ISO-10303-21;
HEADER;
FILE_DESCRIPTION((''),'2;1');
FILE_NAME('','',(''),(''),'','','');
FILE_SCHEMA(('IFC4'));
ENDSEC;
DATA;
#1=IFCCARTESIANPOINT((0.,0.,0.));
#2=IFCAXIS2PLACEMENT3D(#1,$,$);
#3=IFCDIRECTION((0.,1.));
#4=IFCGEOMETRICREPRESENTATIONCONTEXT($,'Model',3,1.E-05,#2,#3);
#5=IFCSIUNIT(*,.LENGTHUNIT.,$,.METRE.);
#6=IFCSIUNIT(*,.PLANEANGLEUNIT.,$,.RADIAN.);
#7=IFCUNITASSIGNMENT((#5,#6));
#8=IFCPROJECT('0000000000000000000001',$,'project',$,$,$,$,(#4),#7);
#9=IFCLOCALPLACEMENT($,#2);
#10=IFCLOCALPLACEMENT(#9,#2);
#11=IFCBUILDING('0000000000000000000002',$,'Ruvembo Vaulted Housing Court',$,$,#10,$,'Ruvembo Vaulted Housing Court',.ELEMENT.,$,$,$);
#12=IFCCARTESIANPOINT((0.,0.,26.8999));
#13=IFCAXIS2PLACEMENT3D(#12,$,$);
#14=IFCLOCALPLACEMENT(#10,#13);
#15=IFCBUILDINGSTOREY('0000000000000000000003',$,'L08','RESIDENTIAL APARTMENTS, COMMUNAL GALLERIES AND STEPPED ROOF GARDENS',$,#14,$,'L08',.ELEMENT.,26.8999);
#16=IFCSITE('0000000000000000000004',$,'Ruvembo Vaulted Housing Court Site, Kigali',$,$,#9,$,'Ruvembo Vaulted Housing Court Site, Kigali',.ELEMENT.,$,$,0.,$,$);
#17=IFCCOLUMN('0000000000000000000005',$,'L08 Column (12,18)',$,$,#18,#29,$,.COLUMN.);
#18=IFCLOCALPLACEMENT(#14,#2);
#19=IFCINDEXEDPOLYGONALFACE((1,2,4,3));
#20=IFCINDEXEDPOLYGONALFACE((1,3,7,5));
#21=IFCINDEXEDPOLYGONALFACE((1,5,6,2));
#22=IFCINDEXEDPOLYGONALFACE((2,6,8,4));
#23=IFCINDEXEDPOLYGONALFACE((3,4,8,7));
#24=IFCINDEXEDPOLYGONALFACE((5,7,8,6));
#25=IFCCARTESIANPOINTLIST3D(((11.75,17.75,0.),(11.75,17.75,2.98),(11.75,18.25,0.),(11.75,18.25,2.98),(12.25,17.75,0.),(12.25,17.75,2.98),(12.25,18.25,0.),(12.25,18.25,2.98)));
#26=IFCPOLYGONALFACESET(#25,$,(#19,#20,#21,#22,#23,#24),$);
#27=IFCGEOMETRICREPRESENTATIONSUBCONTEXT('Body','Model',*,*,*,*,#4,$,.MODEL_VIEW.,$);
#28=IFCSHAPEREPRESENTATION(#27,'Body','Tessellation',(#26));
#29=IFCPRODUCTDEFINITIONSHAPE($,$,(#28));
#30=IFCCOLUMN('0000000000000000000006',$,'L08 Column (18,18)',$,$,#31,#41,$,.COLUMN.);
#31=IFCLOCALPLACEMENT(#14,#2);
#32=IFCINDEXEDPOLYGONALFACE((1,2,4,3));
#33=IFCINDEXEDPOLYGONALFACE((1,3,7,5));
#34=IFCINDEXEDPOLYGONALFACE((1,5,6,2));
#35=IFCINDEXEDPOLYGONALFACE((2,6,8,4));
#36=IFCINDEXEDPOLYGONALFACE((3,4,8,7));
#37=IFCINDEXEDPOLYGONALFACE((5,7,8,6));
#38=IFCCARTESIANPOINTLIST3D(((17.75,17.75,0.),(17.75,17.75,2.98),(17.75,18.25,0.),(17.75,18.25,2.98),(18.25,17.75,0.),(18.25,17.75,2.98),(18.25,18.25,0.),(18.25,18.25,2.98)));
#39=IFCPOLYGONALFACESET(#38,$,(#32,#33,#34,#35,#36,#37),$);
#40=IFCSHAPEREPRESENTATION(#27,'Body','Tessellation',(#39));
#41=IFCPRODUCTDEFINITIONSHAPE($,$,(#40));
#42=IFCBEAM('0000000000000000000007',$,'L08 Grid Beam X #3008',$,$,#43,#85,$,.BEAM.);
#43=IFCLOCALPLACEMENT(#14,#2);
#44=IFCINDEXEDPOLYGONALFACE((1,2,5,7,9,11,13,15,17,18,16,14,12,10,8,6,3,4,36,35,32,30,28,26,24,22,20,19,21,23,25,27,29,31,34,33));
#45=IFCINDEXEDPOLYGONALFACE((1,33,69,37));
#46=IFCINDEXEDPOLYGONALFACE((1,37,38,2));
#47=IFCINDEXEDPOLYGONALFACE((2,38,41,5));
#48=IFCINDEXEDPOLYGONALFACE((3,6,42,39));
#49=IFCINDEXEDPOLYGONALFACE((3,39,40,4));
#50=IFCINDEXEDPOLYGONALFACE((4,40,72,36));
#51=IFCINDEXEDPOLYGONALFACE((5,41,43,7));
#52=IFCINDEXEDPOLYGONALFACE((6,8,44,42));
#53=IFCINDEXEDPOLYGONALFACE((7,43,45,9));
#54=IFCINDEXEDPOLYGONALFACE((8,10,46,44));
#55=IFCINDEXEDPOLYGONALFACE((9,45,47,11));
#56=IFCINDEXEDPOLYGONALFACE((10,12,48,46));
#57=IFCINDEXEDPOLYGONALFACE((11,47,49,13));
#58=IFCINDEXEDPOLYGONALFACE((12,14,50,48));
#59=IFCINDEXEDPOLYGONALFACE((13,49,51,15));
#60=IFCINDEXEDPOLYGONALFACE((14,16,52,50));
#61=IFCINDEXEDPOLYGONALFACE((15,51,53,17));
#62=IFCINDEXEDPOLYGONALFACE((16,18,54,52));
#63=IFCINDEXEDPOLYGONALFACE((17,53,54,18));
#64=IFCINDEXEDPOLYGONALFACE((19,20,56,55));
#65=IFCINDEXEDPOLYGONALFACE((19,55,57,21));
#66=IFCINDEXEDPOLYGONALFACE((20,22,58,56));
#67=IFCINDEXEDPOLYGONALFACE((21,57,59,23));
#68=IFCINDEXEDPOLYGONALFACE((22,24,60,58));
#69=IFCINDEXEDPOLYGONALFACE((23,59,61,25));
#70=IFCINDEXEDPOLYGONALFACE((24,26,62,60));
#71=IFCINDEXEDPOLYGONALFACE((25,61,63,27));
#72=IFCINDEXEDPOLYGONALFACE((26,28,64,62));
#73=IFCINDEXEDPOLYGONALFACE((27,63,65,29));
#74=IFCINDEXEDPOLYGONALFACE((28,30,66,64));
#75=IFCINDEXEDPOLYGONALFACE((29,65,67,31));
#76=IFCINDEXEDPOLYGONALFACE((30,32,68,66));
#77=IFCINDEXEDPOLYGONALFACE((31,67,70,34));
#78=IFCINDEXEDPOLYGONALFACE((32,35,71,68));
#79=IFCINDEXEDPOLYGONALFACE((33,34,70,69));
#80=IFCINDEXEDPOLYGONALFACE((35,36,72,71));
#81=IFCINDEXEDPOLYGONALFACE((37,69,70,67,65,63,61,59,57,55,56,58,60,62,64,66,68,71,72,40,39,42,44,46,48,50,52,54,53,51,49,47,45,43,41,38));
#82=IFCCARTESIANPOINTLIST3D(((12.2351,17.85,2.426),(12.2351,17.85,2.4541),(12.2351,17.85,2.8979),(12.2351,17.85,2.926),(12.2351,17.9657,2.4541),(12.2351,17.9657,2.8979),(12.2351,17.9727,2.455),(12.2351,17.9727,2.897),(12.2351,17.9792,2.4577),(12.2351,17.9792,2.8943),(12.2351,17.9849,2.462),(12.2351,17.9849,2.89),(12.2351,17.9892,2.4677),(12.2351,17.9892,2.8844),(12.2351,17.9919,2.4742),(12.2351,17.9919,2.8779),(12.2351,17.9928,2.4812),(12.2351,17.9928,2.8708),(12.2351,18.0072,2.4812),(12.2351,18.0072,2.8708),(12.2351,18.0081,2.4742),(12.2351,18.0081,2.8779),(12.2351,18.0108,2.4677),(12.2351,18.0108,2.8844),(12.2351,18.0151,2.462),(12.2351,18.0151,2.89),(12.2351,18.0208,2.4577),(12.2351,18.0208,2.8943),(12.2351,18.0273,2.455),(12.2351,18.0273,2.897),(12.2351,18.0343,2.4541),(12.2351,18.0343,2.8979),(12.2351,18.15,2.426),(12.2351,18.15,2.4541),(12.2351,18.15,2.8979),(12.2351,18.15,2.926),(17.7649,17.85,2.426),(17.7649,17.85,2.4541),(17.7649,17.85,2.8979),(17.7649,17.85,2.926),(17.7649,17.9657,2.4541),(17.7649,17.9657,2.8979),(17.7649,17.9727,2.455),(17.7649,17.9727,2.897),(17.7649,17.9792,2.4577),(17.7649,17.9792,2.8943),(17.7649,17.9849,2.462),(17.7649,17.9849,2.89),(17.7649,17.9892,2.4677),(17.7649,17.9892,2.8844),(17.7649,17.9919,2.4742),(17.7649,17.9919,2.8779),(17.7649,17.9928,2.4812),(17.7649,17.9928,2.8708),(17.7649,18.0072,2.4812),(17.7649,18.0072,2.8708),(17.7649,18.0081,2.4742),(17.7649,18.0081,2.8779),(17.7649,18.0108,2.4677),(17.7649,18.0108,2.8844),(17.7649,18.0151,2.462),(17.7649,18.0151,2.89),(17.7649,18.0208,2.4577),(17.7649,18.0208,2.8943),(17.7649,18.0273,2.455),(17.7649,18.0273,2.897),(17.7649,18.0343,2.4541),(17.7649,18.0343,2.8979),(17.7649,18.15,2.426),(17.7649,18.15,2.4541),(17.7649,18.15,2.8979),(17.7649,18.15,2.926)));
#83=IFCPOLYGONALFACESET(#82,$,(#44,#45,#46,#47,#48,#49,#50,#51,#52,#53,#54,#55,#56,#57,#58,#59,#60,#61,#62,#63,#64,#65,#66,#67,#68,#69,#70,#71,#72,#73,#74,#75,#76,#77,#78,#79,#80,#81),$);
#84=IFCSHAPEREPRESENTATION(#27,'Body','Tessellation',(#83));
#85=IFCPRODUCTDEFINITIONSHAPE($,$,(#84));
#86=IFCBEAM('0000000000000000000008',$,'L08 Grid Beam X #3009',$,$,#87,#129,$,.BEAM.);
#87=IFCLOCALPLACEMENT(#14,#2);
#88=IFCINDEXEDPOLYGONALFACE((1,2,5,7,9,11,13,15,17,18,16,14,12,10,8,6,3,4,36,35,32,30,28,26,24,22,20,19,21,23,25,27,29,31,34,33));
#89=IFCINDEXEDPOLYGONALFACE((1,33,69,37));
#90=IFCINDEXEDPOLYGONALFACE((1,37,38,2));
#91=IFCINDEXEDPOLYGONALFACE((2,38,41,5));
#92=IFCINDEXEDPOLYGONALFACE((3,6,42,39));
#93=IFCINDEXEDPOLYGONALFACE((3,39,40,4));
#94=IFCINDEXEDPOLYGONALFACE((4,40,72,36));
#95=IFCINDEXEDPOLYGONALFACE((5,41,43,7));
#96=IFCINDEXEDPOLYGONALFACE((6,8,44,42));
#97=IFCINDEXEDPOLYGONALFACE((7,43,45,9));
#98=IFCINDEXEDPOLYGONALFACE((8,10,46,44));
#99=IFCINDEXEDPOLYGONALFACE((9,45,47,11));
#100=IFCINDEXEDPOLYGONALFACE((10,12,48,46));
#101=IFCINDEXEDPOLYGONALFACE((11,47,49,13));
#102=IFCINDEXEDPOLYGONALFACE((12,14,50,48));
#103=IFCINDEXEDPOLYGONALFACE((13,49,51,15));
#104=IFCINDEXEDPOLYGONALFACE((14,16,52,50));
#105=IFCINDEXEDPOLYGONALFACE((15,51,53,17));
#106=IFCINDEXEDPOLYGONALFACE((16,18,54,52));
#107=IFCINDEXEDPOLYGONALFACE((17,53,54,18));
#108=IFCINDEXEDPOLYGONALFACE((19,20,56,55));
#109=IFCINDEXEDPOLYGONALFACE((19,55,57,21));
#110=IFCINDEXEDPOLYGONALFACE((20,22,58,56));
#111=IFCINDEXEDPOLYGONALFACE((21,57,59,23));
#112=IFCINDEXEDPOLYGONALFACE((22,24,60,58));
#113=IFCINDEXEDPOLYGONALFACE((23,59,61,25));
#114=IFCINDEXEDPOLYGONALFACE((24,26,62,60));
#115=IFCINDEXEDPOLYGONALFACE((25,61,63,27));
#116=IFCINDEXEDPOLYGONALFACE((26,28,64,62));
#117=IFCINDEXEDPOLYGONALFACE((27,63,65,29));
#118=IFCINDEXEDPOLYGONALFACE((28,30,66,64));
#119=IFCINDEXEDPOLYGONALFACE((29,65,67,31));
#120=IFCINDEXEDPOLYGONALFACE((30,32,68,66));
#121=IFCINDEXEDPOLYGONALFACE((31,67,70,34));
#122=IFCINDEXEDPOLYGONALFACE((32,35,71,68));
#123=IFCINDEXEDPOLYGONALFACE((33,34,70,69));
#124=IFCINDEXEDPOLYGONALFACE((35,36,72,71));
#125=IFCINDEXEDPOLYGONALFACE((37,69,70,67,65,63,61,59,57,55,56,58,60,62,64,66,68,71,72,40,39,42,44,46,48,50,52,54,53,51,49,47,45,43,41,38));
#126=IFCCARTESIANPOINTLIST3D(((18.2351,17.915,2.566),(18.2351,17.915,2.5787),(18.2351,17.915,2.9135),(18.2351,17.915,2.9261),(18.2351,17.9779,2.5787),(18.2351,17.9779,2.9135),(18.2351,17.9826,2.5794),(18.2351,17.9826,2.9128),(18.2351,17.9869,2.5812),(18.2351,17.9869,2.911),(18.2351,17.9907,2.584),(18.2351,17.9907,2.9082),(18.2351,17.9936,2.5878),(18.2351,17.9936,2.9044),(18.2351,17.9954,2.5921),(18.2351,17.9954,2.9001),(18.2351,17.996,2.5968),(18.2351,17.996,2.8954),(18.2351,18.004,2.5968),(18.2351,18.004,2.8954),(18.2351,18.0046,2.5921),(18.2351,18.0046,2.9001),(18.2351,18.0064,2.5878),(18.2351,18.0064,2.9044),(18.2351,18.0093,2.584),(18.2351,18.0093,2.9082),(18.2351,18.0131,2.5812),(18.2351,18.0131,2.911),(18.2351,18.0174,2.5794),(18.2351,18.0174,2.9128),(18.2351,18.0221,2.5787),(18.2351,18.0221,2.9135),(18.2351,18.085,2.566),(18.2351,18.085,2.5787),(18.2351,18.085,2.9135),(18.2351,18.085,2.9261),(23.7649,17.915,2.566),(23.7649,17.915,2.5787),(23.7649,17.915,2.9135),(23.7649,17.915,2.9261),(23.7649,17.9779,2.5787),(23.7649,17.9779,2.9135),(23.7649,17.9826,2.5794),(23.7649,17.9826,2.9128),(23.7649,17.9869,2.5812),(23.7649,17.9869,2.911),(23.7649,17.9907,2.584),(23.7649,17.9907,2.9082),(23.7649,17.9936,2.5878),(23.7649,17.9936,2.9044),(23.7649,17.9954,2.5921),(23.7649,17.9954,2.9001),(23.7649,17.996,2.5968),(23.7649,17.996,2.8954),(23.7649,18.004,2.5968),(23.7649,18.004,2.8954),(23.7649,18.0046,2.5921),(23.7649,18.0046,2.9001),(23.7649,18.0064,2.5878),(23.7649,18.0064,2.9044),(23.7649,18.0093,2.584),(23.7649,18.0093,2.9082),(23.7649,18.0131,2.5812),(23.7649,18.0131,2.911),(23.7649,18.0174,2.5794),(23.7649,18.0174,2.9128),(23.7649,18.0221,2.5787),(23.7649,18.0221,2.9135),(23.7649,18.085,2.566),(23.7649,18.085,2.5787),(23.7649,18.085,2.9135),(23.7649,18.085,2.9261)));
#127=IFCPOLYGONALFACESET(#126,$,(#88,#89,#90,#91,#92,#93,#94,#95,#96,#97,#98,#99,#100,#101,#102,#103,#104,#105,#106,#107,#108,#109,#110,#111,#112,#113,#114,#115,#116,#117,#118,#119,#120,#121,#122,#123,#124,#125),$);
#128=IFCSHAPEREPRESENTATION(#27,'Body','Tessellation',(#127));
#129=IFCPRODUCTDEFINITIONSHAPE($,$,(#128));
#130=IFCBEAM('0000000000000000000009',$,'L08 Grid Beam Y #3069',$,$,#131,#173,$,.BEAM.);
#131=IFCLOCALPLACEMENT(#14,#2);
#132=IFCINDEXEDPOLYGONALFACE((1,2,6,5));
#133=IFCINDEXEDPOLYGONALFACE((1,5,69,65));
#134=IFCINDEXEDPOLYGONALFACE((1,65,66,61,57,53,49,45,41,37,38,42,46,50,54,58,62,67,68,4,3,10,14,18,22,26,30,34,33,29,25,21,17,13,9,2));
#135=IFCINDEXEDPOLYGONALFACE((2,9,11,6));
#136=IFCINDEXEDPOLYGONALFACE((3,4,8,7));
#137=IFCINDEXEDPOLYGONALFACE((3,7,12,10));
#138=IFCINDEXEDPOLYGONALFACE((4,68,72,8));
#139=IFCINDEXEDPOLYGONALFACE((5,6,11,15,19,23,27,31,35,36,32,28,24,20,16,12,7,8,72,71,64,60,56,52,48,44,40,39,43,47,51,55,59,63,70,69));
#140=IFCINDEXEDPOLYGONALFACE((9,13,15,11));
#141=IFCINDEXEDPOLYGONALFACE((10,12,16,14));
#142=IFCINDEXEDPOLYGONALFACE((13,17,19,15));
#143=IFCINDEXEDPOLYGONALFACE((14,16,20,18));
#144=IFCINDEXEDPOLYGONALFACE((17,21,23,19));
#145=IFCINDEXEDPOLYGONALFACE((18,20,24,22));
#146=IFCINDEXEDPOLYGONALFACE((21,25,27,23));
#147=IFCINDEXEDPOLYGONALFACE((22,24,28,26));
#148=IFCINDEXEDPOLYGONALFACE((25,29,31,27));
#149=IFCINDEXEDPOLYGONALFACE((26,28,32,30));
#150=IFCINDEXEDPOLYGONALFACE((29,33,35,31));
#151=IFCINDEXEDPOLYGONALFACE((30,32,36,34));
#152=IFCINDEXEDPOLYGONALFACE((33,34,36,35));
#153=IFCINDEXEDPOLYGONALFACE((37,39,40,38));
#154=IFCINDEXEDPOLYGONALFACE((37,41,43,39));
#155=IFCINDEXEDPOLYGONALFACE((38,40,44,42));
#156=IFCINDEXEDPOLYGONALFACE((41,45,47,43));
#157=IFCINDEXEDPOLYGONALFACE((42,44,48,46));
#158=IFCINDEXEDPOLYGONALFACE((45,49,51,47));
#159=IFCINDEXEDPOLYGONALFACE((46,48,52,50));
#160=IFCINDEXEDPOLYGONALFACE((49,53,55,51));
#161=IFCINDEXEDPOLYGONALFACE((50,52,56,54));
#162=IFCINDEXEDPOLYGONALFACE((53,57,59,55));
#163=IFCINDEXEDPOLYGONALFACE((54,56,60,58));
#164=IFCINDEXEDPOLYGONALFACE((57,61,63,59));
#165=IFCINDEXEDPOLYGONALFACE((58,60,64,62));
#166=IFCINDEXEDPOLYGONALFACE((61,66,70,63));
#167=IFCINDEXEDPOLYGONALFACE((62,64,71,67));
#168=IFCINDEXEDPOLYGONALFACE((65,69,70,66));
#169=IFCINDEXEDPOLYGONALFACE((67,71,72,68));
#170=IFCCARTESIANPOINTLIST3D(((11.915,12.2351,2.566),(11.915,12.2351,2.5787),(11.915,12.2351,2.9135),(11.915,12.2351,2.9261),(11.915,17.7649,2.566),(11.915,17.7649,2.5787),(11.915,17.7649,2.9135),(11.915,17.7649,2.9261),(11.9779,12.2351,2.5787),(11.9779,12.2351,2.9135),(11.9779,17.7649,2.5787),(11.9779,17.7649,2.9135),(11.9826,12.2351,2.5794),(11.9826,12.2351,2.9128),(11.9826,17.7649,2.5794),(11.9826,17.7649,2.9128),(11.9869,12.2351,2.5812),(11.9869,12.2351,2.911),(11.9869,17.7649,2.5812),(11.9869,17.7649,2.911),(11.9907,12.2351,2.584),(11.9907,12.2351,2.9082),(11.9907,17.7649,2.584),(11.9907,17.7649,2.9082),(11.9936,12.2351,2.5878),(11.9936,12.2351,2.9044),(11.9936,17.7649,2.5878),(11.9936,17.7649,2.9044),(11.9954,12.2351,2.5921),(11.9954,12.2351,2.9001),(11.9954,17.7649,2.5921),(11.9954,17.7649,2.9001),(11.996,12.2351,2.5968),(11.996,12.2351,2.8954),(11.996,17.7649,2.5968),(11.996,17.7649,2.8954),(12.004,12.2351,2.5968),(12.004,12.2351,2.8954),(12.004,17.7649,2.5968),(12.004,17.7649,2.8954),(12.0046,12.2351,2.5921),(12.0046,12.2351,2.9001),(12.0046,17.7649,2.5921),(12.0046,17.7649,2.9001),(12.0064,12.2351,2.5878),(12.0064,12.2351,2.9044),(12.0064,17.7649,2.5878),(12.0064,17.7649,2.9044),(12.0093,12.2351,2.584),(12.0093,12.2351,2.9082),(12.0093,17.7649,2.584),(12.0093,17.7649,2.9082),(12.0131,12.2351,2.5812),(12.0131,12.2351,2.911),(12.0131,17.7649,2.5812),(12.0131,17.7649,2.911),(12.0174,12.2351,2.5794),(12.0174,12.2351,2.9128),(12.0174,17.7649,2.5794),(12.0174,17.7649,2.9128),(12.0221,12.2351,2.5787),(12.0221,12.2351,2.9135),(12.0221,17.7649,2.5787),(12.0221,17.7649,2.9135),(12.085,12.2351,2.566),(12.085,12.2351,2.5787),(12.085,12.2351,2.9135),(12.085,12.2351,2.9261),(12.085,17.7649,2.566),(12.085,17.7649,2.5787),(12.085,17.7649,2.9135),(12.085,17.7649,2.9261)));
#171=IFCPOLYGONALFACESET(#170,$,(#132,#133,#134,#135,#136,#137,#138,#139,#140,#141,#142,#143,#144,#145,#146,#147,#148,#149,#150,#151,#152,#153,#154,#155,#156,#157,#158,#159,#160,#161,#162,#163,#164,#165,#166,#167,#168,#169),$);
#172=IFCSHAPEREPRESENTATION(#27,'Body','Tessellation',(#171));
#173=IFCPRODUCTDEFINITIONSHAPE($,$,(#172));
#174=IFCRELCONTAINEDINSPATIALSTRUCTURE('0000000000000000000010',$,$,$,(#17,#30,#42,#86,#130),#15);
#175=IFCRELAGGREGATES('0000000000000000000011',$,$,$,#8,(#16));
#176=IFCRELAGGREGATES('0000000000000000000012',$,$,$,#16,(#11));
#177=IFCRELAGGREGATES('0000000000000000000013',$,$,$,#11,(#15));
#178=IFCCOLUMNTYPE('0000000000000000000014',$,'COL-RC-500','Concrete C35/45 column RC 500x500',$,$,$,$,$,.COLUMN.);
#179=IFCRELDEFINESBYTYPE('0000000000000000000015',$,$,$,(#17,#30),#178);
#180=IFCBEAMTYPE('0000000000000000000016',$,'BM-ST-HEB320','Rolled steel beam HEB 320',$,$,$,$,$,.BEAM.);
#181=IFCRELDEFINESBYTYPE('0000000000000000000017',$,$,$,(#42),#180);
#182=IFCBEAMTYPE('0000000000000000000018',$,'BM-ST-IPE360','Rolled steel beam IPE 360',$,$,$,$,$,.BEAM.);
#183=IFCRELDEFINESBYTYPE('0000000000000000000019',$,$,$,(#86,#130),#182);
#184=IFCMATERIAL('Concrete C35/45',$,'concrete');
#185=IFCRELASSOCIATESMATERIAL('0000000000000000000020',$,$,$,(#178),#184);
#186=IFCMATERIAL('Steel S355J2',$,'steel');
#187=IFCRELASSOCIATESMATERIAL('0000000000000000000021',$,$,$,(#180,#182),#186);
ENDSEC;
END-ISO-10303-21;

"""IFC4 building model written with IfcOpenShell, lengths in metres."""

from ifc_helpers import new_model, si_unit, direction, frame, origin, origin_2d, place, context, subcontext, project, spatial, rectangle, i_section, extrude, material, material_profile, profile_set, type_object, element, save


model = new_model("IFC4")

# Units and contexts
model_context = context("Model", 3, precision=1e-05, world=origin(), true_north=direction((0.0, 1.0)))
body_context = subcontext(model_context, "Body", "Model", "MODEL_VIEW")
ifc_project = project(units=[si_unit("LENGTHUNIT", "METRE"), si_unit("PLANEANGLEUNIT", "RADIAN")], contexts=[model_context])

# Site, building, storey
site_placement = place(None, origin())
site = spatial("IfcSite", under=ifc_project, at=site_placement, Name="Ruvembo Vaulted Housing Court Site, Kigali", LongName="Ruvembo Vaulted Housing Court Site, Kigali", CompositionType="ELEMENT", RefElevation=0.0)
building_placement = place(site_placement, origin())
building = spatial("IfcBuilding", under=site, at=building_placement, Name="Ruvembo Vaulted Housing Court", LongName="Ruvembo Vaulted Housing Court", CompositionType="ELEMENT")
storey_placement = place(building_placement, frame((0.0, 0.0, 26.8999)))
storey = spatial("IfcBuildingStorey", under=building, at=storey_placement, Name="L08", Description="RESIDENTIAL APARTMENTS, COMMUNAL GALLERIES AND STEPPED ROOF GARDENS", LongName="L08", CompositionType="ELEMENT", Elevation=26.8999)

# Columns
ifc_material_1 = material(Name="Concrete C35/45", Category="concrete")
ifc_material_profile_1 = material_profile(ifc_material_1, rectangle(XDim=0.5, YDim=0.5, at=origin_2d()), Name="RC 500x500")
ifc_profile_set_1 = profile_set([ifc_material_profile_1], Name="Concrete C35/45")
column_type = type_object("IfcColumnType", Name="COL-RC-500", Description="Concrete C35/45 column RC 500x500", PredefinedType="COLUMN", material=ifc_profile_set_1)
for number, where, z_axis, x_axis, name in (
    (1, (12.0, 18.0, 0.0), (0.0, 0.0, 1.0), (1.0, 0.0, 0.0), "L08 Column (12,18)"),
    (2, (18.0, 18.0, 0.0), (0.0, 0.0, 1.0), (1.0, 0.0, 0.0), "L08 Column (18,18)"),
):
    element("IfcColumn", number, at=place(storey_placement, frame(where, z_axis=z_axis, x_axis=x_axis)), inside=storey, type_object=column_type, Name=name, PredefinedType="COLUMN", context=body_context, shape_type="SweptSolid", body=[
        extrude(rectangle(XDim=0.5, YDim=0.5, at=origin_2d()), origin(), (0.0, 0.0, 1.0), 2.98),
    ])

# Beams
ifc_material_2 = material(Name="Steel S355J2", Category="steel")
ifc_material_profile_2 = material_profile(ifc_material_2, i_section(OverallWidth=0.3, OverallDepth=0.5, WebThickness=0.0144, FlangeThickness=0.0281, FilletRadius=0.0271, at=origin_2d()), Name="HEB 320")
ifc_profile_set_2 = profile_set([ifc_material_profile_2], Name="Steel S355J2")
beam_type_1 = type_object("IfcBeamType", Name="BM-ST-HEB320", Description="Rolled steel beam HEB 320", PredefinedType="BEAM", material=ifc_profile_set_2)
beam_1_placement = place(storey_placement, frame((12.2351, 18.0, 2.676), z_axis=(1.0, 0.0, 0.0), x_axis=(0.0, 1.0, 0.0)))
element("IfcBeam", 3, at=beam_1_placement, inside=storey, type_object=beam_type_1, Name="L08 Grid Beam X #3008", PredefinedType="BEAM", context=body_context, shape_type="SweptSolid", body=[
    extrude(i_section(OverallWidth=0.3, OverallDepth=0.5, WebThickness=0.0144, FlangeThickness=0.0281, FilletRadius=0.0271, at=origin_2d()), origin(), (0.0, 0.0, 1.0), 5.5298),
])
ifc_material_profile_3 = material_profile(ifc_material_2, i_section(OverallWidth=0.1699, OverallDepth=0.3601, WebThickness=0.0081, FlangeThickness=0.0127, FilletRadius=0.0181, at=origin_2d()), Name="IPE 360")
ifc_profile_set_3 = profile_set([ifc_material_profile_3], Name="Steel S355J2")
beam_type_2 = type_object("IfcBeamType", Name="BM-ST-IPE360", Description="Rolled steel beam IPE 360", PredefinedType="BEAM", material=ifc_profile_set_3)
for number, where, z_axis, x_axis, name in (
    (4, (18.2351, 18.0, 2.7461), (1.0, 0.0, 0.0), (0.0, 1.0, 0.0), "L08 Grid Beam X #3009"),
    (5, (12.0, 12.2351, 2.7461), (0.0, 1.0, 0.0), (-1.0, 0.0, 0.0), "L08 Grid Beam Y #3069"),
):
    element("IfcBeam", number, at=place(storey_placement, frame(where, z_axis=z_axis, x_axis=x_axis)), inside=storey, type_object=beam_type_2, Name=name, PredefinedType="BEAM", context=body_context, shape_type="SweptSolid", body=[
        extrude(i_section(OverallWidth=0.1699, OverallDepth=0.3601, WebThickness=0.0081, FlangeThickness=0.0127, FilletRadius=0.0181, at=origin_2d()), origin(), (0.0, 0.0, 1.0), 5.5298),
    ])

save(model, "model.ifc")
